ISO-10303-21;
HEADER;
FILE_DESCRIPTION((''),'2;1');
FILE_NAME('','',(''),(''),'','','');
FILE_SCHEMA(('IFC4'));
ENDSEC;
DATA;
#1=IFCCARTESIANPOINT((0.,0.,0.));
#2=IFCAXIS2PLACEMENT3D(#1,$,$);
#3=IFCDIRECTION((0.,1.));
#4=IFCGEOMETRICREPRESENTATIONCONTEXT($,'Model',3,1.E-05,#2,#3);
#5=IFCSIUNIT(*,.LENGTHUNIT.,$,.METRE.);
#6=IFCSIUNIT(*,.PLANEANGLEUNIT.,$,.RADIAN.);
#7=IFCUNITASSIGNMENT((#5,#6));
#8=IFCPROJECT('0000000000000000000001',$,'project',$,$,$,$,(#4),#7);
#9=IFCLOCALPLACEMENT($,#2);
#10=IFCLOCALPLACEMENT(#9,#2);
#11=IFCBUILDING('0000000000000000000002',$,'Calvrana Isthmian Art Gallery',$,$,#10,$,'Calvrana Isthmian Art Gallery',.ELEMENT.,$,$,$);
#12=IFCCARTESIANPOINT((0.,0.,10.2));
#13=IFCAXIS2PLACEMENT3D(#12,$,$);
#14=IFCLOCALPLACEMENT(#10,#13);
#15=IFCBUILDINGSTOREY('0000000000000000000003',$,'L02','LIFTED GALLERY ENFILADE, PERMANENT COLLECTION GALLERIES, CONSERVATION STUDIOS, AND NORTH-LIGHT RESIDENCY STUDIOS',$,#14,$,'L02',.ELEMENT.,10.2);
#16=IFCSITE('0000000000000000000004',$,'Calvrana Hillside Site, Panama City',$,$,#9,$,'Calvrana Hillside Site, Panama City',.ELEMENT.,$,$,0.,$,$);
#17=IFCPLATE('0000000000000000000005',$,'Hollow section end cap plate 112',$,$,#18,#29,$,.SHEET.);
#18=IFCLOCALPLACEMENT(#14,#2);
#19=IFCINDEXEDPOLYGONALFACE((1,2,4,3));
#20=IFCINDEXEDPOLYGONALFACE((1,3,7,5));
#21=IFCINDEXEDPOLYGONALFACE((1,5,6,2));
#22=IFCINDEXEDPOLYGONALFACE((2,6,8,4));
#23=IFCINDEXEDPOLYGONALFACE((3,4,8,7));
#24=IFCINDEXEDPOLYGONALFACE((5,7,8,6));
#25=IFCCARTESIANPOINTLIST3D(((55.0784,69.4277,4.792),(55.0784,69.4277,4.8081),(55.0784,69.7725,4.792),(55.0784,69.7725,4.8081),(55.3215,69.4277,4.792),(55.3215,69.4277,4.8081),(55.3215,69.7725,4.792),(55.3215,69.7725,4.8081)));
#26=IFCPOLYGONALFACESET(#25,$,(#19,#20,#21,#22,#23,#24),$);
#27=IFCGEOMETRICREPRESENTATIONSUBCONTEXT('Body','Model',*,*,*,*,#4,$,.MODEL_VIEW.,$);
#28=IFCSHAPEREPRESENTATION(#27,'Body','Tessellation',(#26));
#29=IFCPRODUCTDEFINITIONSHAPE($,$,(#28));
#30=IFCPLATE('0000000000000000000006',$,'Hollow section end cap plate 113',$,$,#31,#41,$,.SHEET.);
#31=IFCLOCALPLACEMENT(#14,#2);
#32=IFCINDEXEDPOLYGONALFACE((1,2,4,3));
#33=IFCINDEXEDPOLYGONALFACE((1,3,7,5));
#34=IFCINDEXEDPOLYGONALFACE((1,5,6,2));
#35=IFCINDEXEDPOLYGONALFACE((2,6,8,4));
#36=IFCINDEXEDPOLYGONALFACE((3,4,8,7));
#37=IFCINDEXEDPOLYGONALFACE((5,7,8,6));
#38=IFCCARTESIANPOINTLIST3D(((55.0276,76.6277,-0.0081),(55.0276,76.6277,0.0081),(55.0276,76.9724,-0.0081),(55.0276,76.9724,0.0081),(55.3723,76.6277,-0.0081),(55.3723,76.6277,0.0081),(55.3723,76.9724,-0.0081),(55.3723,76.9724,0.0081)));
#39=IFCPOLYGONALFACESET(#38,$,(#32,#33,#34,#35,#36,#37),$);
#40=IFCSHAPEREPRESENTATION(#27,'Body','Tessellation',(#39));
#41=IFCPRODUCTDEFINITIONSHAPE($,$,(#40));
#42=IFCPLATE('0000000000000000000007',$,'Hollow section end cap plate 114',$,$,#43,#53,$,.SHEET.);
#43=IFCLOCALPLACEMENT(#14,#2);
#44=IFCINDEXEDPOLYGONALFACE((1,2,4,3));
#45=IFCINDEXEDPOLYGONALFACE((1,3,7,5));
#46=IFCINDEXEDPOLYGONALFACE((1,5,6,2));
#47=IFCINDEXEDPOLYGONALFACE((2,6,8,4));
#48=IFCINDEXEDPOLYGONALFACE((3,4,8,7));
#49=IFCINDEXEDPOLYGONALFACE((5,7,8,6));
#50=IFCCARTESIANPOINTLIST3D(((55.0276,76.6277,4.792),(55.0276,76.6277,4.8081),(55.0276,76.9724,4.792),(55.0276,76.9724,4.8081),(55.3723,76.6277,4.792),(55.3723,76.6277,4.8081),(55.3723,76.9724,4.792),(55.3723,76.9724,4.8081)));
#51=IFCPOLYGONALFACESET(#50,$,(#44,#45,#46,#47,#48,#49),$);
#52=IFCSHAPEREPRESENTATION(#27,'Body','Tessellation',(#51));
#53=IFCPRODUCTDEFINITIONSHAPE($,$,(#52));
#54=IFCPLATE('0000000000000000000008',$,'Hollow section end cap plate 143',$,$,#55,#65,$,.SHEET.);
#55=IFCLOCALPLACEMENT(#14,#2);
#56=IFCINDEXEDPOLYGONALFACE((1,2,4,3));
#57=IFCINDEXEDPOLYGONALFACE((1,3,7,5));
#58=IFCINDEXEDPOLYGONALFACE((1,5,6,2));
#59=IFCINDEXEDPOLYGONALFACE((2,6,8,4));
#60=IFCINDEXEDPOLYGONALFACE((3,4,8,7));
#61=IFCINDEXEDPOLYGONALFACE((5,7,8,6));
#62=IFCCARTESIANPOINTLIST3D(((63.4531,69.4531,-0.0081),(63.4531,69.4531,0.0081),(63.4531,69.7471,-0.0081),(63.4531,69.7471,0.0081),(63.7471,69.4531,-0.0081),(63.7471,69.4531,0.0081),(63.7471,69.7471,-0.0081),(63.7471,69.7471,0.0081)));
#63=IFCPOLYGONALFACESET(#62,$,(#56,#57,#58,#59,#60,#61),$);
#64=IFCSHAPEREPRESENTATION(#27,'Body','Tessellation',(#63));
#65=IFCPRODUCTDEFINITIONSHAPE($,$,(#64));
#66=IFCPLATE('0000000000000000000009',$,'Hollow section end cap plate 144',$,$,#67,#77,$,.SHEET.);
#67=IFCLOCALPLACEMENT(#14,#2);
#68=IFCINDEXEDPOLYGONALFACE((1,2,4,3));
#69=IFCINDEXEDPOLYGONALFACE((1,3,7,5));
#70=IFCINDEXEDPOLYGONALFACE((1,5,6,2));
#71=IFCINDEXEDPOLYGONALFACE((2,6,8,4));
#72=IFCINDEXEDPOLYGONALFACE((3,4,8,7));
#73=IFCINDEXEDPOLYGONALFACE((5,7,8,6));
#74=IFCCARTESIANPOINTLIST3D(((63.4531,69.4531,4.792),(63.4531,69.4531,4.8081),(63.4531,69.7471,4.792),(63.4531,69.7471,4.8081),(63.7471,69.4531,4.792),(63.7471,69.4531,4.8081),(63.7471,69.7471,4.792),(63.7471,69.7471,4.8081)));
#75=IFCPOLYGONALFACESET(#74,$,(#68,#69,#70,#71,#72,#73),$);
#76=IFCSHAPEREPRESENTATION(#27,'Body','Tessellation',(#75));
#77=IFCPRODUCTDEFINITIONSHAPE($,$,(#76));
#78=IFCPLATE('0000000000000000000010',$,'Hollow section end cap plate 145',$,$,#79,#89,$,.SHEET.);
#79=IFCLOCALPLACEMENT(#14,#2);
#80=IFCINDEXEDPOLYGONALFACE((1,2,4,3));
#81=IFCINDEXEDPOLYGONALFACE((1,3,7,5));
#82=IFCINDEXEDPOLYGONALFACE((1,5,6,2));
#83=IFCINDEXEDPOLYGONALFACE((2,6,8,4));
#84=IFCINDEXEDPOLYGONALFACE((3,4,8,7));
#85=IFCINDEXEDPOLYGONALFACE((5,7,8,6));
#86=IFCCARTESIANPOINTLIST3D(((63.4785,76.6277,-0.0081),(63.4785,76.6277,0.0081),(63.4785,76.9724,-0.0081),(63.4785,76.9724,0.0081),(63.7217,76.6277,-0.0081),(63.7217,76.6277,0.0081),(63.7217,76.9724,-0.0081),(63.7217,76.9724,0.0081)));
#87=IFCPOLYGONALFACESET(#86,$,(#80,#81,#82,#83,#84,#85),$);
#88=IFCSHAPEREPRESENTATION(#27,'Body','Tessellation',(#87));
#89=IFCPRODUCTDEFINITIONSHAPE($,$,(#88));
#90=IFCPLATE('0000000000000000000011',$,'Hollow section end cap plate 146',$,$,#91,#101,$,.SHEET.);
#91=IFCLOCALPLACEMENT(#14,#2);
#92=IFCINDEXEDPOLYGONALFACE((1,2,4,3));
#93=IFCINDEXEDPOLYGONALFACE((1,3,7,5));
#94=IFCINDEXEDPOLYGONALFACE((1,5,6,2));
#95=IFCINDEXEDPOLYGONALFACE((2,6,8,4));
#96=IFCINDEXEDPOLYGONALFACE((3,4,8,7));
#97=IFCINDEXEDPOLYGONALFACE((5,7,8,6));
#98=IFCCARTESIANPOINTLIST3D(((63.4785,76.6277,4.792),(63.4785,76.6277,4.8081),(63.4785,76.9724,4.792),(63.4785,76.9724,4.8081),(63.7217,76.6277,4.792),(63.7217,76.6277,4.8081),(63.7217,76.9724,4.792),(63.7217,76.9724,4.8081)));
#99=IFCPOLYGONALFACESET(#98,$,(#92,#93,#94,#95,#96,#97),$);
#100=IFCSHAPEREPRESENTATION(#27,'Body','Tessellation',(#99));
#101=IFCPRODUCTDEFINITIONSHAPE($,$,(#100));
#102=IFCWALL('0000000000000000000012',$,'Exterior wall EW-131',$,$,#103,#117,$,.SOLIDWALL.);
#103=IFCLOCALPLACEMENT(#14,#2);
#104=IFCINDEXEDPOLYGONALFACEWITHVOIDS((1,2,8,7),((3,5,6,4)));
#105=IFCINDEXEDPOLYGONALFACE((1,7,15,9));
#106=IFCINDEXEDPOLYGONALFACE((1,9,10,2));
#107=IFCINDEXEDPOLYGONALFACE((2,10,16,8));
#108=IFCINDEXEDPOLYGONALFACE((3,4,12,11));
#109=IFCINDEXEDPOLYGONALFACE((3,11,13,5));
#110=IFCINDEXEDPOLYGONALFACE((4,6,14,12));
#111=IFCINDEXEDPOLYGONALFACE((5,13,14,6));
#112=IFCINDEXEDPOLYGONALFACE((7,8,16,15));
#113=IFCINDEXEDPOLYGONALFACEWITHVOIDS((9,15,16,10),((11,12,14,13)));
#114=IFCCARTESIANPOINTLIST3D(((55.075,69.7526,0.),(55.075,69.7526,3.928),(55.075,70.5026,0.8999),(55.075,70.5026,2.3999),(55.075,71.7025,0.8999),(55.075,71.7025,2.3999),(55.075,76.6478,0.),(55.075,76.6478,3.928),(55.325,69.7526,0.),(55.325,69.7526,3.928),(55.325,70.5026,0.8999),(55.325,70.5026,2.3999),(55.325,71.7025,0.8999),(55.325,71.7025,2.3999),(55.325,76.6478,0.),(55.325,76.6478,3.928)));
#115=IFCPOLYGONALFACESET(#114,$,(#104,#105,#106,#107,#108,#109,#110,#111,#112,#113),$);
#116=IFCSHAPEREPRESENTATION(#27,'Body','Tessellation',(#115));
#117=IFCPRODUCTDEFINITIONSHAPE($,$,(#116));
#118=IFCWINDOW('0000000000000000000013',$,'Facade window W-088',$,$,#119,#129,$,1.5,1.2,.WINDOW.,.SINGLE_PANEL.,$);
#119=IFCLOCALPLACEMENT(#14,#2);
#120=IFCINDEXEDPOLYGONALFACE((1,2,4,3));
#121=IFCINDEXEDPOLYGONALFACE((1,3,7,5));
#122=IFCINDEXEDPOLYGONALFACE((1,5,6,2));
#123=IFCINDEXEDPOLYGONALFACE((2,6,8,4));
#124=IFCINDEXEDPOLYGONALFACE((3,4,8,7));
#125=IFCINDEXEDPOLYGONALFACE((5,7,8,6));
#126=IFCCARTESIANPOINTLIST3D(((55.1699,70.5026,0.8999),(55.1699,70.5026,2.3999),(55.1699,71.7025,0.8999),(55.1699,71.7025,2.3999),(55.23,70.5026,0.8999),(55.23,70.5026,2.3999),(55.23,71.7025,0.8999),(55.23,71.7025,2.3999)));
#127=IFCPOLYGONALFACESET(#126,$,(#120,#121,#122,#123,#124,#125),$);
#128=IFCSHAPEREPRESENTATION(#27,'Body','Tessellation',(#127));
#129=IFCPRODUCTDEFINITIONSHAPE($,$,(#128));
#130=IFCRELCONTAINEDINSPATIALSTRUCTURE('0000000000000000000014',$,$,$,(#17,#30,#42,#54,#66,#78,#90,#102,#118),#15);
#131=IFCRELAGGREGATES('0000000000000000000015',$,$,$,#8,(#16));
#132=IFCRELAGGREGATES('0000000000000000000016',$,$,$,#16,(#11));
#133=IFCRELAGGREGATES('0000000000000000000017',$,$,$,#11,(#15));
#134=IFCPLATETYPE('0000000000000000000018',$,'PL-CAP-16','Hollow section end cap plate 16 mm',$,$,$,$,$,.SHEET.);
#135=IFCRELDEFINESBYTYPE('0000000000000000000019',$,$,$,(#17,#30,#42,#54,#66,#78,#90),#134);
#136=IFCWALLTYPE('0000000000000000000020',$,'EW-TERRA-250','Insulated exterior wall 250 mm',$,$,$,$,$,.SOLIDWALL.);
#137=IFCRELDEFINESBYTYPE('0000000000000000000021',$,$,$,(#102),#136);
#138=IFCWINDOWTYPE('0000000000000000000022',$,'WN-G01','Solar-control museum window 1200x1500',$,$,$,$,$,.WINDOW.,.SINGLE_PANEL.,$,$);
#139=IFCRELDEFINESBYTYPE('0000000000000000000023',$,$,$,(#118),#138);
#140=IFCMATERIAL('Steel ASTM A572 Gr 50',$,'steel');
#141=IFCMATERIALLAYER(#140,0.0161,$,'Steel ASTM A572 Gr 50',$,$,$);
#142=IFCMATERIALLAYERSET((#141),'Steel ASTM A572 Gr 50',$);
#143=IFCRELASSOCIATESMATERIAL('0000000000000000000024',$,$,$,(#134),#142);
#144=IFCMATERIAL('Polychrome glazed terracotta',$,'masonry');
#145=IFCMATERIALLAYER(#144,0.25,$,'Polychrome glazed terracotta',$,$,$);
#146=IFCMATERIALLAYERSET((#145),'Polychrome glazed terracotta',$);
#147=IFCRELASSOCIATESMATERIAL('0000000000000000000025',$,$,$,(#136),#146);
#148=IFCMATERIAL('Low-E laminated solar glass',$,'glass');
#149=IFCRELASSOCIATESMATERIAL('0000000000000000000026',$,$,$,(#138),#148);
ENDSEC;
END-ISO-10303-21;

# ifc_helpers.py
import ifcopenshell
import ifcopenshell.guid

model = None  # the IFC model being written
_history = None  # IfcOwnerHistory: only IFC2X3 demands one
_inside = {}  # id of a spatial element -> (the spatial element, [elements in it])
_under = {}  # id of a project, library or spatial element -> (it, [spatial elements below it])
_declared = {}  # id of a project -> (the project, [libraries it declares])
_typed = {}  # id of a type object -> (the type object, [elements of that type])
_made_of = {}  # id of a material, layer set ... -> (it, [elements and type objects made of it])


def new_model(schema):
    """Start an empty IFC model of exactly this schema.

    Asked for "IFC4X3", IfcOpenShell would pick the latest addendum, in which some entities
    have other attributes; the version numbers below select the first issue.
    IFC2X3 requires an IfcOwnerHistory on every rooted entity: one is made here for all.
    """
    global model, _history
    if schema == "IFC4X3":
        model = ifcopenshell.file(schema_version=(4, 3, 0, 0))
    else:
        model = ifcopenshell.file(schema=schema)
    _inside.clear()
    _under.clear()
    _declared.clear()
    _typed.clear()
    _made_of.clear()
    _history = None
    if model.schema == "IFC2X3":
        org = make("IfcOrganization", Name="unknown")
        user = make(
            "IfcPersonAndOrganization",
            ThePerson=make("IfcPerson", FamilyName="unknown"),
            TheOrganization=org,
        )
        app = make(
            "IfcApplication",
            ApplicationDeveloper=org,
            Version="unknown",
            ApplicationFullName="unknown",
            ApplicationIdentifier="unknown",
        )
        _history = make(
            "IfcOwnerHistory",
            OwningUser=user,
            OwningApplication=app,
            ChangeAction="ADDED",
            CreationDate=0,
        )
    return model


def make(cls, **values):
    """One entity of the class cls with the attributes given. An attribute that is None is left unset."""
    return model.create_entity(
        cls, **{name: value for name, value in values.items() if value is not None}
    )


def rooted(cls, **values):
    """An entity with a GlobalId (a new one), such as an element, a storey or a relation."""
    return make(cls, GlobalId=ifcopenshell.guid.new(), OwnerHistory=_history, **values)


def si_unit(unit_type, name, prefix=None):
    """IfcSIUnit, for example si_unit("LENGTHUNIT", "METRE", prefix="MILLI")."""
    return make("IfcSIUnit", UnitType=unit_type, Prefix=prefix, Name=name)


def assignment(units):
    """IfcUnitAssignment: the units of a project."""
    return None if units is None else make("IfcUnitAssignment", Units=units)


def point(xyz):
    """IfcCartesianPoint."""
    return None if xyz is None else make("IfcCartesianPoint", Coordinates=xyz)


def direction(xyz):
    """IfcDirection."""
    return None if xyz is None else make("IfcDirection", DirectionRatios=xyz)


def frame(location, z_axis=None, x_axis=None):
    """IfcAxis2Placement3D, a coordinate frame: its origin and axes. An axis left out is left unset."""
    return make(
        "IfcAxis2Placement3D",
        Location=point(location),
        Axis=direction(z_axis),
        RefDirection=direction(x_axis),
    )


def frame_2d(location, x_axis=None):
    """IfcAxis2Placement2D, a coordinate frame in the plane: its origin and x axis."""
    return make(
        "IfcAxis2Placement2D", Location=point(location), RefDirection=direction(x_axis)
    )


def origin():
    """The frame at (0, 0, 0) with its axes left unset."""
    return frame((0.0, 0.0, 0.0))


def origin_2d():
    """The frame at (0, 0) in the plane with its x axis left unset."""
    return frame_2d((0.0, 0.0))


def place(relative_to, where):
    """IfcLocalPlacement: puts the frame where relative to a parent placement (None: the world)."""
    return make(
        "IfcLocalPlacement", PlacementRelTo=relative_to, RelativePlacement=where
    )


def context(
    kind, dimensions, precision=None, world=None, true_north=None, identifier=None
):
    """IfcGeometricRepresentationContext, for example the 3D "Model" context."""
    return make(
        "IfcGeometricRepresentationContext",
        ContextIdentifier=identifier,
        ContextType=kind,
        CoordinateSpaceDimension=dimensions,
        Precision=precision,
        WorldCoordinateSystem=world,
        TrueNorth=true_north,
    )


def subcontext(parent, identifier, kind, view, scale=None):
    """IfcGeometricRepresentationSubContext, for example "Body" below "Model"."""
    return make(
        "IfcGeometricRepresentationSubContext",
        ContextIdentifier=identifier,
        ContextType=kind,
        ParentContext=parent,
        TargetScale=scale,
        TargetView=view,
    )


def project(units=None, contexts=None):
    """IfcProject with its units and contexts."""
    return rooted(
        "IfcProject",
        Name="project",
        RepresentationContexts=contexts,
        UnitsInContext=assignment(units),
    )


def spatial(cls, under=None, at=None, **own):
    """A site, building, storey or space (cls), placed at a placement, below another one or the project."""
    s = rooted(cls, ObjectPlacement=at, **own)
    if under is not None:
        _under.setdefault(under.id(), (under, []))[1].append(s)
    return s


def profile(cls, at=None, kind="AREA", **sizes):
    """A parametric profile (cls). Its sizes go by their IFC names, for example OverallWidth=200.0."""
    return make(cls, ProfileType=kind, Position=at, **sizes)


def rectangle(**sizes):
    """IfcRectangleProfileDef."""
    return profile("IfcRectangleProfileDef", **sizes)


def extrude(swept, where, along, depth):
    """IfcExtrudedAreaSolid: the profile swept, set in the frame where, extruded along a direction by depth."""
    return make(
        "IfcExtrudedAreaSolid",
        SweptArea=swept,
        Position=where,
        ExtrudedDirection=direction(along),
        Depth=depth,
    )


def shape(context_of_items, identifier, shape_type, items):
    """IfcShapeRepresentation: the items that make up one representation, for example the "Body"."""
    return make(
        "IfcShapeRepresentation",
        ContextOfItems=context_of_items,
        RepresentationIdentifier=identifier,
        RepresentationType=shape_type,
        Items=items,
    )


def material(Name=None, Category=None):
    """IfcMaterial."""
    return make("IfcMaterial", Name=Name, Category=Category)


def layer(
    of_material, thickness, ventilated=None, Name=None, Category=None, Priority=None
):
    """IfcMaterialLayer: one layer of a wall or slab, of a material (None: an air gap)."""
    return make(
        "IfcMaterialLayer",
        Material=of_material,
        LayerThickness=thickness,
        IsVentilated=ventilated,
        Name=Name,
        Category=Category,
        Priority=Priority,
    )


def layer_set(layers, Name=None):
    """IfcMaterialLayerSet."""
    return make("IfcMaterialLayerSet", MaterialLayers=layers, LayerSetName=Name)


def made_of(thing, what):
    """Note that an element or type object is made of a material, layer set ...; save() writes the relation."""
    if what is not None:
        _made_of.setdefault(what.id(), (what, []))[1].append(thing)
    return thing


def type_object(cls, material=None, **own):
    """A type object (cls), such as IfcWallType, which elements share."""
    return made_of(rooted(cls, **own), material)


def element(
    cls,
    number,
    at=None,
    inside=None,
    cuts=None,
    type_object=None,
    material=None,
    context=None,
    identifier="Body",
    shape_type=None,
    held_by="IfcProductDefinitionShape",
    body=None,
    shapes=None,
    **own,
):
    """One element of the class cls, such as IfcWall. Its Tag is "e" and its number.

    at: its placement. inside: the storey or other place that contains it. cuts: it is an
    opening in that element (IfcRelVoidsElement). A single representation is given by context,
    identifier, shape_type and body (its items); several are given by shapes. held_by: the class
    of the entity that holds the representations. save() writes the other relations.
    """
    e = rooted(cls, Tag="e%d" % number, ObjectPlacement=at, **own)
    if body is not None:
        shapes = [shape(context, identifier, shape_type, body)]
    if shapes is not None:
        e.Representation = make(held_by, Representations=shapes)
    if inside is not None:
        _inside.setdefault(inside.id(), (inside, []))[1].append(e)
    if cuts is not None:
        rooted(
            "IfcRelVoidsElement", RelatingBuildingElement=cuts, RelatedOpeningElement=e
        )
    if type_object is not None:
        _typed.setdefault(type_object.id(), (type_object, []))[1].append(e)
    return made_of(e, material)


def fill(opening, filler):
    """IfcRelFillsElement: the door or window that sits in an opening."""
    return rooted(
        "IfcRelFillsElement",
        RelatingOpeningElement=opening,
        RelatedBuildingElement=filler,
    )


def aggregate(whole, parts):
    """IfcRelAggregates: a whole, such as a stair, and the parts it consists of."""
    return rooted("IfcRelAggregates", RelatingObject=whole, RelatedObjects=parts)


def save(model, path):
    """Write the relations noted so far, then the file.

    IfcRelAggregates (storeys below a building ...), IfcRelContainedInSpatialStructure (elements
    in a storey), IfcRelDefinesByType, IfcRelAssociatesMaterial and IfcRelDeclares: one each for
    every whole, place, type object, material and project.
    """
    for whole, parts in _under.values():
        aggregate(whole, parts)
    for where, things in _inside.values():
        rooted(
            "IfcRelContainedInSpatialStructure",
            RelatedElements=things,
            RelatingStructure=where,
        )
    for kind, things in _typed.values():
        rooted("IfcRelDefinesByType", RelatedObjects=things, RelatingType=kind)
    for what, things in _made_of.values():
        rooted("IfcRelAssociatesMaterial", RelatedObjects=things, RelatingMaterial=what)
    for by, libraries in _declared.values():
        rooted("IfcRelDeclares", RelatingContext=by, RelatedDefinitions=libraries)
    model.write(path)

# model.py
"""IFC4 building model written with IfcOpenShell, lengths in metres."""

from ifc_helpers import new_model, si_unit, direction, frame, frame_2d, origin, origin_2d, place, context, subcontext, project, spatial, rectangle, extrude, material, layer, layer_set, type_object, element, fill, save


model = new_model("IFC4")

# Units and contexts
model_context = context("Model", 3, precision=1e-05, world=origin(), true_north=direction((0.0, 1.0)))
body_context = subcontext(model_context, "Body", "Model", "MODEL_VIEW")
ifc_project = project(units=[si_unit("LENGTHUNIT", "METRE"), si_unit("PLANEANGLEUNIT", "RADIAN")], contexts=[model_context])

# Site, building, storey
site_placement = place(None, origin())
site = spatial("IfcSite", under=ifc_project, at=site_placement, Name="Calvrana Hillside Site, Panama City", LongName="Calvrana Hillside Site, Panama City", CompositionType="ELEMENT", RefElevation=0.0)
building_placement = place(site_placement, origin())
building = spatial("IfcBuilding", under=site, at=building_placement, Name="Calvrana Isthmian Art Gallery", LongName="Calvrana Isthmian Art Gallery", CompositionType="ELEMENT")
storey_placement = place(building_placement, frame((0.0, 0.0, 10.2)))
storey = spatial("IfcBuildingStorey", under=building, at=storey_placement, Name="L02", Description="LIFTED GALLERY ENFILADE, PERMANENT COLLECTION GALLERIES, CONSERVATION STUDIOS, AND NORTH-LIGHT RESIDENCY STUDIOS", LongName="L02", CompositionType="ELEMENT", Elevation=10.2)

# Plates
ifc_material_1 = material(Name="Steel ASTM A572 Gr 50", Category="steel")
ifc_layer_1 = layer(ifc_material_1, 0.0161, Name="Steel ASTM A572 Gr 50")
ifc_layer_set_1 = layer_set([ifc_layer_1], Name="Steel ASTM A572 Gr 50")
plate_type = type_object("IfcPlateType", Name="PL-CAP-16", Description="Hollow section end cap plate 16 mm", PredefinedType="SHEET", material=ifc_layer_set_1)
for number, where, z_axis, x_axis, name in (
    (1, (55.2, 69.6001, 4.792), (0.0, 0.0, 1.0), (1.0, 0.0, 0.0), "Hollow section end cap plate 112"),
):
    element("IfcPlate", number, at=place(storey_placement, frame(where, z_axis=z_axis, x_axis=x_axis)), inside=storey, type_object=plate_type, Name=name, PredefinedType="SHEET", context=body_context, shape_type="SweptSolid", body=[
        extrude(rectangle(XDim=0.2432, YDim=0.3447, at=origin_2d()), origin(), (0.0, 0.0, 1.0), 0.0161),
    ])
for number, where, z_axis, x_axis, name in (
    (2, (55.2, 76.8, -0.0081), (0.0, 0.0, 1.0), (1.0, 0.0, 0.0), "Hollow section end cap plate 113"),
    (3, (55.2, 76.8, 4.792), (0.0, 0.0, 1.0), (1.0, 0.0, 0.0), "Hollow section end cap plate 114"),
):
    element("IfcPlate", number, at=place(storey_placement, frame(where, z_axis=z_axis, x_axis=x_axis)), inside=storey, type_object=plate_type, Name=name, PredefinedType="SHEET", context=body_context, shape_type="SweptSolid", body=[
        extrude(rectangle(XDim=0.3447, YDim=0.3447, at=origin_2d()), origin(), (0.0, 0.0, 1.0), 0.0161),
    ])
for number, where, z_axis, x_axis, name in (
    (4, (63.6001, 69.6001, -0.0081), (0.0, 0.0, 1.0), (1.0, 0.0, 0.0), "Hollow section end cap plate 143"),
    (5, (63.6001, 69.6001, 4.792), (0.0, 0.0, 1.0), (1.0, 0.0, 0.0), "Hollow section end cap plate 144"),
):
    element("IfcPlate", number, at=place(storey_placement, frame(where, z_axis=z_axis, x_axis=x_axis)), inside=storey, type_object=plate_type, Name=name, PredefinedType="SHEET", context=body_context, shape_type="SweptSolid", body=[
        extrude(rectangle(XDim=0.2939, YDim=0.2939, at=origin_2d()), origin(), (0.0, 0.0, 1.0), 0.0161),
    ])
for number, where, z_axis, x_axis, name in (
    (6, (63.6001, 76.8, -0.0081), (0.0, 0.0, 1.0), (1.0, 0.0, 0.0), "Hollow section end cap plate 145"),
    (7, (63.6001, 76.8, 4.792), (0.0, 0.0, 1.0), (1.0, 0.0, 0.0), "Hollow section end cap plate 146"),
):
    element("IfcPlate", number, at=place(storey_placement, frame(where, z_axis=z_axis, x_axis=x_axis)), inside=storey, type_object=plate_type, Name=name, PredefinedType="SHEET", context=body_context, shape_type="SweptSolid", body=[
        extrude(rectangle(XDim=0.2432, YDim=0.3447, at=origin_2d()), origin(), (0.0, 0.0, 1.0), 0.0161),
    ])

# Wall, opening, window
ifc_material_2 = material(Name="Polychrome glazed terracotta", Category="masonry")
ifc_layer_2 = layer(ifc_material_2, 0.25, Name="Polychrome glazed terracotta")
ifc_layer_set_2 = layer_set([ifc_layer_2], Name="Polychrome glazed terracotta")
wall_type = type_object("IfcWallType", Name="EW-TERRA-250", Description="Insulated exterior wall 250 mm", PredefinedType="SOLIDWALL", material=ifc_layer_set_2)
wall_placement = place(storey_placement, frame((55.2, 69.7524, 0.0), z_axis=(0.0, 0.0, 1.0), x_axis=(0.0, 1.0, 0.0)))
wall = element("IfcWall", 8, at=wall_placement, inside=storey, type_object=wall_type, Name="Exterior wall EW-131", PredefinedType="SOLIDWALL", context=body_context, shape_type="SweptSolid", body=[
    extrude(rectangle(XDim=6.8953, YDim=0.25, at=frame_2d((3.4478, 0.0))), origin(), (0.0, 0.0, 1.0), 3.928),
])
opening_placement = place(wall_placement, frame((0.75, 0.0, 0.8999)))
opening = element("IfcOpeningElement", 9, at=opening_placement, cuts=wall, PredefinedType="OPENING", context=body_context, shape_type="SweptSolid", body=[
    extrude(rectangle(XDim=1.2, YDim=1.5, at=frame_2d((0.6001, 0.75))), frame((0.0, 0.1353, 0.0), z_axis=(0.0, -1.0, 0.0), x_axis=(1.0, 0.0, 0.0)), (0.0, 0.0, 1.0), 0.2705),
])
ifc_material_3 = material(Name="Low-E laminated solar glass", Category="glass")
window_type = type_object("IfcWindowType", Name="WN-G01", Description="Solar-control museum window 1200x1500", PartitioningType="SINGLE_PANEL", PredefinedType="WINDOW", material=ifc_material_3)
window_placement = place(opening_placement, origin())
window = element("IfcWindow", 10, at=window_placement, inside=storey, type_object=window_type, Name="Facade window W-088", OverallHeight=1.5, OverallWidth=1.2, PartitioningType="SINGLE_PANEL", PredefinedType="WINDOW", context=body_context, shape_type="SweptSolid", body=[
    extrude(rectangle(XDim=1.2, YDim=1.5, at=frame_2d((0.6001, 0.75))), frame((0.0, 0.03, 0.0), z_axis=(0.0, -1.0, 0.0), x_axis=(1.0, 0.0, 0.0)), (0.0, 0.0, 1.0), 0.0601),
])
fill(opening, window)

save(model, "model.ifc")
